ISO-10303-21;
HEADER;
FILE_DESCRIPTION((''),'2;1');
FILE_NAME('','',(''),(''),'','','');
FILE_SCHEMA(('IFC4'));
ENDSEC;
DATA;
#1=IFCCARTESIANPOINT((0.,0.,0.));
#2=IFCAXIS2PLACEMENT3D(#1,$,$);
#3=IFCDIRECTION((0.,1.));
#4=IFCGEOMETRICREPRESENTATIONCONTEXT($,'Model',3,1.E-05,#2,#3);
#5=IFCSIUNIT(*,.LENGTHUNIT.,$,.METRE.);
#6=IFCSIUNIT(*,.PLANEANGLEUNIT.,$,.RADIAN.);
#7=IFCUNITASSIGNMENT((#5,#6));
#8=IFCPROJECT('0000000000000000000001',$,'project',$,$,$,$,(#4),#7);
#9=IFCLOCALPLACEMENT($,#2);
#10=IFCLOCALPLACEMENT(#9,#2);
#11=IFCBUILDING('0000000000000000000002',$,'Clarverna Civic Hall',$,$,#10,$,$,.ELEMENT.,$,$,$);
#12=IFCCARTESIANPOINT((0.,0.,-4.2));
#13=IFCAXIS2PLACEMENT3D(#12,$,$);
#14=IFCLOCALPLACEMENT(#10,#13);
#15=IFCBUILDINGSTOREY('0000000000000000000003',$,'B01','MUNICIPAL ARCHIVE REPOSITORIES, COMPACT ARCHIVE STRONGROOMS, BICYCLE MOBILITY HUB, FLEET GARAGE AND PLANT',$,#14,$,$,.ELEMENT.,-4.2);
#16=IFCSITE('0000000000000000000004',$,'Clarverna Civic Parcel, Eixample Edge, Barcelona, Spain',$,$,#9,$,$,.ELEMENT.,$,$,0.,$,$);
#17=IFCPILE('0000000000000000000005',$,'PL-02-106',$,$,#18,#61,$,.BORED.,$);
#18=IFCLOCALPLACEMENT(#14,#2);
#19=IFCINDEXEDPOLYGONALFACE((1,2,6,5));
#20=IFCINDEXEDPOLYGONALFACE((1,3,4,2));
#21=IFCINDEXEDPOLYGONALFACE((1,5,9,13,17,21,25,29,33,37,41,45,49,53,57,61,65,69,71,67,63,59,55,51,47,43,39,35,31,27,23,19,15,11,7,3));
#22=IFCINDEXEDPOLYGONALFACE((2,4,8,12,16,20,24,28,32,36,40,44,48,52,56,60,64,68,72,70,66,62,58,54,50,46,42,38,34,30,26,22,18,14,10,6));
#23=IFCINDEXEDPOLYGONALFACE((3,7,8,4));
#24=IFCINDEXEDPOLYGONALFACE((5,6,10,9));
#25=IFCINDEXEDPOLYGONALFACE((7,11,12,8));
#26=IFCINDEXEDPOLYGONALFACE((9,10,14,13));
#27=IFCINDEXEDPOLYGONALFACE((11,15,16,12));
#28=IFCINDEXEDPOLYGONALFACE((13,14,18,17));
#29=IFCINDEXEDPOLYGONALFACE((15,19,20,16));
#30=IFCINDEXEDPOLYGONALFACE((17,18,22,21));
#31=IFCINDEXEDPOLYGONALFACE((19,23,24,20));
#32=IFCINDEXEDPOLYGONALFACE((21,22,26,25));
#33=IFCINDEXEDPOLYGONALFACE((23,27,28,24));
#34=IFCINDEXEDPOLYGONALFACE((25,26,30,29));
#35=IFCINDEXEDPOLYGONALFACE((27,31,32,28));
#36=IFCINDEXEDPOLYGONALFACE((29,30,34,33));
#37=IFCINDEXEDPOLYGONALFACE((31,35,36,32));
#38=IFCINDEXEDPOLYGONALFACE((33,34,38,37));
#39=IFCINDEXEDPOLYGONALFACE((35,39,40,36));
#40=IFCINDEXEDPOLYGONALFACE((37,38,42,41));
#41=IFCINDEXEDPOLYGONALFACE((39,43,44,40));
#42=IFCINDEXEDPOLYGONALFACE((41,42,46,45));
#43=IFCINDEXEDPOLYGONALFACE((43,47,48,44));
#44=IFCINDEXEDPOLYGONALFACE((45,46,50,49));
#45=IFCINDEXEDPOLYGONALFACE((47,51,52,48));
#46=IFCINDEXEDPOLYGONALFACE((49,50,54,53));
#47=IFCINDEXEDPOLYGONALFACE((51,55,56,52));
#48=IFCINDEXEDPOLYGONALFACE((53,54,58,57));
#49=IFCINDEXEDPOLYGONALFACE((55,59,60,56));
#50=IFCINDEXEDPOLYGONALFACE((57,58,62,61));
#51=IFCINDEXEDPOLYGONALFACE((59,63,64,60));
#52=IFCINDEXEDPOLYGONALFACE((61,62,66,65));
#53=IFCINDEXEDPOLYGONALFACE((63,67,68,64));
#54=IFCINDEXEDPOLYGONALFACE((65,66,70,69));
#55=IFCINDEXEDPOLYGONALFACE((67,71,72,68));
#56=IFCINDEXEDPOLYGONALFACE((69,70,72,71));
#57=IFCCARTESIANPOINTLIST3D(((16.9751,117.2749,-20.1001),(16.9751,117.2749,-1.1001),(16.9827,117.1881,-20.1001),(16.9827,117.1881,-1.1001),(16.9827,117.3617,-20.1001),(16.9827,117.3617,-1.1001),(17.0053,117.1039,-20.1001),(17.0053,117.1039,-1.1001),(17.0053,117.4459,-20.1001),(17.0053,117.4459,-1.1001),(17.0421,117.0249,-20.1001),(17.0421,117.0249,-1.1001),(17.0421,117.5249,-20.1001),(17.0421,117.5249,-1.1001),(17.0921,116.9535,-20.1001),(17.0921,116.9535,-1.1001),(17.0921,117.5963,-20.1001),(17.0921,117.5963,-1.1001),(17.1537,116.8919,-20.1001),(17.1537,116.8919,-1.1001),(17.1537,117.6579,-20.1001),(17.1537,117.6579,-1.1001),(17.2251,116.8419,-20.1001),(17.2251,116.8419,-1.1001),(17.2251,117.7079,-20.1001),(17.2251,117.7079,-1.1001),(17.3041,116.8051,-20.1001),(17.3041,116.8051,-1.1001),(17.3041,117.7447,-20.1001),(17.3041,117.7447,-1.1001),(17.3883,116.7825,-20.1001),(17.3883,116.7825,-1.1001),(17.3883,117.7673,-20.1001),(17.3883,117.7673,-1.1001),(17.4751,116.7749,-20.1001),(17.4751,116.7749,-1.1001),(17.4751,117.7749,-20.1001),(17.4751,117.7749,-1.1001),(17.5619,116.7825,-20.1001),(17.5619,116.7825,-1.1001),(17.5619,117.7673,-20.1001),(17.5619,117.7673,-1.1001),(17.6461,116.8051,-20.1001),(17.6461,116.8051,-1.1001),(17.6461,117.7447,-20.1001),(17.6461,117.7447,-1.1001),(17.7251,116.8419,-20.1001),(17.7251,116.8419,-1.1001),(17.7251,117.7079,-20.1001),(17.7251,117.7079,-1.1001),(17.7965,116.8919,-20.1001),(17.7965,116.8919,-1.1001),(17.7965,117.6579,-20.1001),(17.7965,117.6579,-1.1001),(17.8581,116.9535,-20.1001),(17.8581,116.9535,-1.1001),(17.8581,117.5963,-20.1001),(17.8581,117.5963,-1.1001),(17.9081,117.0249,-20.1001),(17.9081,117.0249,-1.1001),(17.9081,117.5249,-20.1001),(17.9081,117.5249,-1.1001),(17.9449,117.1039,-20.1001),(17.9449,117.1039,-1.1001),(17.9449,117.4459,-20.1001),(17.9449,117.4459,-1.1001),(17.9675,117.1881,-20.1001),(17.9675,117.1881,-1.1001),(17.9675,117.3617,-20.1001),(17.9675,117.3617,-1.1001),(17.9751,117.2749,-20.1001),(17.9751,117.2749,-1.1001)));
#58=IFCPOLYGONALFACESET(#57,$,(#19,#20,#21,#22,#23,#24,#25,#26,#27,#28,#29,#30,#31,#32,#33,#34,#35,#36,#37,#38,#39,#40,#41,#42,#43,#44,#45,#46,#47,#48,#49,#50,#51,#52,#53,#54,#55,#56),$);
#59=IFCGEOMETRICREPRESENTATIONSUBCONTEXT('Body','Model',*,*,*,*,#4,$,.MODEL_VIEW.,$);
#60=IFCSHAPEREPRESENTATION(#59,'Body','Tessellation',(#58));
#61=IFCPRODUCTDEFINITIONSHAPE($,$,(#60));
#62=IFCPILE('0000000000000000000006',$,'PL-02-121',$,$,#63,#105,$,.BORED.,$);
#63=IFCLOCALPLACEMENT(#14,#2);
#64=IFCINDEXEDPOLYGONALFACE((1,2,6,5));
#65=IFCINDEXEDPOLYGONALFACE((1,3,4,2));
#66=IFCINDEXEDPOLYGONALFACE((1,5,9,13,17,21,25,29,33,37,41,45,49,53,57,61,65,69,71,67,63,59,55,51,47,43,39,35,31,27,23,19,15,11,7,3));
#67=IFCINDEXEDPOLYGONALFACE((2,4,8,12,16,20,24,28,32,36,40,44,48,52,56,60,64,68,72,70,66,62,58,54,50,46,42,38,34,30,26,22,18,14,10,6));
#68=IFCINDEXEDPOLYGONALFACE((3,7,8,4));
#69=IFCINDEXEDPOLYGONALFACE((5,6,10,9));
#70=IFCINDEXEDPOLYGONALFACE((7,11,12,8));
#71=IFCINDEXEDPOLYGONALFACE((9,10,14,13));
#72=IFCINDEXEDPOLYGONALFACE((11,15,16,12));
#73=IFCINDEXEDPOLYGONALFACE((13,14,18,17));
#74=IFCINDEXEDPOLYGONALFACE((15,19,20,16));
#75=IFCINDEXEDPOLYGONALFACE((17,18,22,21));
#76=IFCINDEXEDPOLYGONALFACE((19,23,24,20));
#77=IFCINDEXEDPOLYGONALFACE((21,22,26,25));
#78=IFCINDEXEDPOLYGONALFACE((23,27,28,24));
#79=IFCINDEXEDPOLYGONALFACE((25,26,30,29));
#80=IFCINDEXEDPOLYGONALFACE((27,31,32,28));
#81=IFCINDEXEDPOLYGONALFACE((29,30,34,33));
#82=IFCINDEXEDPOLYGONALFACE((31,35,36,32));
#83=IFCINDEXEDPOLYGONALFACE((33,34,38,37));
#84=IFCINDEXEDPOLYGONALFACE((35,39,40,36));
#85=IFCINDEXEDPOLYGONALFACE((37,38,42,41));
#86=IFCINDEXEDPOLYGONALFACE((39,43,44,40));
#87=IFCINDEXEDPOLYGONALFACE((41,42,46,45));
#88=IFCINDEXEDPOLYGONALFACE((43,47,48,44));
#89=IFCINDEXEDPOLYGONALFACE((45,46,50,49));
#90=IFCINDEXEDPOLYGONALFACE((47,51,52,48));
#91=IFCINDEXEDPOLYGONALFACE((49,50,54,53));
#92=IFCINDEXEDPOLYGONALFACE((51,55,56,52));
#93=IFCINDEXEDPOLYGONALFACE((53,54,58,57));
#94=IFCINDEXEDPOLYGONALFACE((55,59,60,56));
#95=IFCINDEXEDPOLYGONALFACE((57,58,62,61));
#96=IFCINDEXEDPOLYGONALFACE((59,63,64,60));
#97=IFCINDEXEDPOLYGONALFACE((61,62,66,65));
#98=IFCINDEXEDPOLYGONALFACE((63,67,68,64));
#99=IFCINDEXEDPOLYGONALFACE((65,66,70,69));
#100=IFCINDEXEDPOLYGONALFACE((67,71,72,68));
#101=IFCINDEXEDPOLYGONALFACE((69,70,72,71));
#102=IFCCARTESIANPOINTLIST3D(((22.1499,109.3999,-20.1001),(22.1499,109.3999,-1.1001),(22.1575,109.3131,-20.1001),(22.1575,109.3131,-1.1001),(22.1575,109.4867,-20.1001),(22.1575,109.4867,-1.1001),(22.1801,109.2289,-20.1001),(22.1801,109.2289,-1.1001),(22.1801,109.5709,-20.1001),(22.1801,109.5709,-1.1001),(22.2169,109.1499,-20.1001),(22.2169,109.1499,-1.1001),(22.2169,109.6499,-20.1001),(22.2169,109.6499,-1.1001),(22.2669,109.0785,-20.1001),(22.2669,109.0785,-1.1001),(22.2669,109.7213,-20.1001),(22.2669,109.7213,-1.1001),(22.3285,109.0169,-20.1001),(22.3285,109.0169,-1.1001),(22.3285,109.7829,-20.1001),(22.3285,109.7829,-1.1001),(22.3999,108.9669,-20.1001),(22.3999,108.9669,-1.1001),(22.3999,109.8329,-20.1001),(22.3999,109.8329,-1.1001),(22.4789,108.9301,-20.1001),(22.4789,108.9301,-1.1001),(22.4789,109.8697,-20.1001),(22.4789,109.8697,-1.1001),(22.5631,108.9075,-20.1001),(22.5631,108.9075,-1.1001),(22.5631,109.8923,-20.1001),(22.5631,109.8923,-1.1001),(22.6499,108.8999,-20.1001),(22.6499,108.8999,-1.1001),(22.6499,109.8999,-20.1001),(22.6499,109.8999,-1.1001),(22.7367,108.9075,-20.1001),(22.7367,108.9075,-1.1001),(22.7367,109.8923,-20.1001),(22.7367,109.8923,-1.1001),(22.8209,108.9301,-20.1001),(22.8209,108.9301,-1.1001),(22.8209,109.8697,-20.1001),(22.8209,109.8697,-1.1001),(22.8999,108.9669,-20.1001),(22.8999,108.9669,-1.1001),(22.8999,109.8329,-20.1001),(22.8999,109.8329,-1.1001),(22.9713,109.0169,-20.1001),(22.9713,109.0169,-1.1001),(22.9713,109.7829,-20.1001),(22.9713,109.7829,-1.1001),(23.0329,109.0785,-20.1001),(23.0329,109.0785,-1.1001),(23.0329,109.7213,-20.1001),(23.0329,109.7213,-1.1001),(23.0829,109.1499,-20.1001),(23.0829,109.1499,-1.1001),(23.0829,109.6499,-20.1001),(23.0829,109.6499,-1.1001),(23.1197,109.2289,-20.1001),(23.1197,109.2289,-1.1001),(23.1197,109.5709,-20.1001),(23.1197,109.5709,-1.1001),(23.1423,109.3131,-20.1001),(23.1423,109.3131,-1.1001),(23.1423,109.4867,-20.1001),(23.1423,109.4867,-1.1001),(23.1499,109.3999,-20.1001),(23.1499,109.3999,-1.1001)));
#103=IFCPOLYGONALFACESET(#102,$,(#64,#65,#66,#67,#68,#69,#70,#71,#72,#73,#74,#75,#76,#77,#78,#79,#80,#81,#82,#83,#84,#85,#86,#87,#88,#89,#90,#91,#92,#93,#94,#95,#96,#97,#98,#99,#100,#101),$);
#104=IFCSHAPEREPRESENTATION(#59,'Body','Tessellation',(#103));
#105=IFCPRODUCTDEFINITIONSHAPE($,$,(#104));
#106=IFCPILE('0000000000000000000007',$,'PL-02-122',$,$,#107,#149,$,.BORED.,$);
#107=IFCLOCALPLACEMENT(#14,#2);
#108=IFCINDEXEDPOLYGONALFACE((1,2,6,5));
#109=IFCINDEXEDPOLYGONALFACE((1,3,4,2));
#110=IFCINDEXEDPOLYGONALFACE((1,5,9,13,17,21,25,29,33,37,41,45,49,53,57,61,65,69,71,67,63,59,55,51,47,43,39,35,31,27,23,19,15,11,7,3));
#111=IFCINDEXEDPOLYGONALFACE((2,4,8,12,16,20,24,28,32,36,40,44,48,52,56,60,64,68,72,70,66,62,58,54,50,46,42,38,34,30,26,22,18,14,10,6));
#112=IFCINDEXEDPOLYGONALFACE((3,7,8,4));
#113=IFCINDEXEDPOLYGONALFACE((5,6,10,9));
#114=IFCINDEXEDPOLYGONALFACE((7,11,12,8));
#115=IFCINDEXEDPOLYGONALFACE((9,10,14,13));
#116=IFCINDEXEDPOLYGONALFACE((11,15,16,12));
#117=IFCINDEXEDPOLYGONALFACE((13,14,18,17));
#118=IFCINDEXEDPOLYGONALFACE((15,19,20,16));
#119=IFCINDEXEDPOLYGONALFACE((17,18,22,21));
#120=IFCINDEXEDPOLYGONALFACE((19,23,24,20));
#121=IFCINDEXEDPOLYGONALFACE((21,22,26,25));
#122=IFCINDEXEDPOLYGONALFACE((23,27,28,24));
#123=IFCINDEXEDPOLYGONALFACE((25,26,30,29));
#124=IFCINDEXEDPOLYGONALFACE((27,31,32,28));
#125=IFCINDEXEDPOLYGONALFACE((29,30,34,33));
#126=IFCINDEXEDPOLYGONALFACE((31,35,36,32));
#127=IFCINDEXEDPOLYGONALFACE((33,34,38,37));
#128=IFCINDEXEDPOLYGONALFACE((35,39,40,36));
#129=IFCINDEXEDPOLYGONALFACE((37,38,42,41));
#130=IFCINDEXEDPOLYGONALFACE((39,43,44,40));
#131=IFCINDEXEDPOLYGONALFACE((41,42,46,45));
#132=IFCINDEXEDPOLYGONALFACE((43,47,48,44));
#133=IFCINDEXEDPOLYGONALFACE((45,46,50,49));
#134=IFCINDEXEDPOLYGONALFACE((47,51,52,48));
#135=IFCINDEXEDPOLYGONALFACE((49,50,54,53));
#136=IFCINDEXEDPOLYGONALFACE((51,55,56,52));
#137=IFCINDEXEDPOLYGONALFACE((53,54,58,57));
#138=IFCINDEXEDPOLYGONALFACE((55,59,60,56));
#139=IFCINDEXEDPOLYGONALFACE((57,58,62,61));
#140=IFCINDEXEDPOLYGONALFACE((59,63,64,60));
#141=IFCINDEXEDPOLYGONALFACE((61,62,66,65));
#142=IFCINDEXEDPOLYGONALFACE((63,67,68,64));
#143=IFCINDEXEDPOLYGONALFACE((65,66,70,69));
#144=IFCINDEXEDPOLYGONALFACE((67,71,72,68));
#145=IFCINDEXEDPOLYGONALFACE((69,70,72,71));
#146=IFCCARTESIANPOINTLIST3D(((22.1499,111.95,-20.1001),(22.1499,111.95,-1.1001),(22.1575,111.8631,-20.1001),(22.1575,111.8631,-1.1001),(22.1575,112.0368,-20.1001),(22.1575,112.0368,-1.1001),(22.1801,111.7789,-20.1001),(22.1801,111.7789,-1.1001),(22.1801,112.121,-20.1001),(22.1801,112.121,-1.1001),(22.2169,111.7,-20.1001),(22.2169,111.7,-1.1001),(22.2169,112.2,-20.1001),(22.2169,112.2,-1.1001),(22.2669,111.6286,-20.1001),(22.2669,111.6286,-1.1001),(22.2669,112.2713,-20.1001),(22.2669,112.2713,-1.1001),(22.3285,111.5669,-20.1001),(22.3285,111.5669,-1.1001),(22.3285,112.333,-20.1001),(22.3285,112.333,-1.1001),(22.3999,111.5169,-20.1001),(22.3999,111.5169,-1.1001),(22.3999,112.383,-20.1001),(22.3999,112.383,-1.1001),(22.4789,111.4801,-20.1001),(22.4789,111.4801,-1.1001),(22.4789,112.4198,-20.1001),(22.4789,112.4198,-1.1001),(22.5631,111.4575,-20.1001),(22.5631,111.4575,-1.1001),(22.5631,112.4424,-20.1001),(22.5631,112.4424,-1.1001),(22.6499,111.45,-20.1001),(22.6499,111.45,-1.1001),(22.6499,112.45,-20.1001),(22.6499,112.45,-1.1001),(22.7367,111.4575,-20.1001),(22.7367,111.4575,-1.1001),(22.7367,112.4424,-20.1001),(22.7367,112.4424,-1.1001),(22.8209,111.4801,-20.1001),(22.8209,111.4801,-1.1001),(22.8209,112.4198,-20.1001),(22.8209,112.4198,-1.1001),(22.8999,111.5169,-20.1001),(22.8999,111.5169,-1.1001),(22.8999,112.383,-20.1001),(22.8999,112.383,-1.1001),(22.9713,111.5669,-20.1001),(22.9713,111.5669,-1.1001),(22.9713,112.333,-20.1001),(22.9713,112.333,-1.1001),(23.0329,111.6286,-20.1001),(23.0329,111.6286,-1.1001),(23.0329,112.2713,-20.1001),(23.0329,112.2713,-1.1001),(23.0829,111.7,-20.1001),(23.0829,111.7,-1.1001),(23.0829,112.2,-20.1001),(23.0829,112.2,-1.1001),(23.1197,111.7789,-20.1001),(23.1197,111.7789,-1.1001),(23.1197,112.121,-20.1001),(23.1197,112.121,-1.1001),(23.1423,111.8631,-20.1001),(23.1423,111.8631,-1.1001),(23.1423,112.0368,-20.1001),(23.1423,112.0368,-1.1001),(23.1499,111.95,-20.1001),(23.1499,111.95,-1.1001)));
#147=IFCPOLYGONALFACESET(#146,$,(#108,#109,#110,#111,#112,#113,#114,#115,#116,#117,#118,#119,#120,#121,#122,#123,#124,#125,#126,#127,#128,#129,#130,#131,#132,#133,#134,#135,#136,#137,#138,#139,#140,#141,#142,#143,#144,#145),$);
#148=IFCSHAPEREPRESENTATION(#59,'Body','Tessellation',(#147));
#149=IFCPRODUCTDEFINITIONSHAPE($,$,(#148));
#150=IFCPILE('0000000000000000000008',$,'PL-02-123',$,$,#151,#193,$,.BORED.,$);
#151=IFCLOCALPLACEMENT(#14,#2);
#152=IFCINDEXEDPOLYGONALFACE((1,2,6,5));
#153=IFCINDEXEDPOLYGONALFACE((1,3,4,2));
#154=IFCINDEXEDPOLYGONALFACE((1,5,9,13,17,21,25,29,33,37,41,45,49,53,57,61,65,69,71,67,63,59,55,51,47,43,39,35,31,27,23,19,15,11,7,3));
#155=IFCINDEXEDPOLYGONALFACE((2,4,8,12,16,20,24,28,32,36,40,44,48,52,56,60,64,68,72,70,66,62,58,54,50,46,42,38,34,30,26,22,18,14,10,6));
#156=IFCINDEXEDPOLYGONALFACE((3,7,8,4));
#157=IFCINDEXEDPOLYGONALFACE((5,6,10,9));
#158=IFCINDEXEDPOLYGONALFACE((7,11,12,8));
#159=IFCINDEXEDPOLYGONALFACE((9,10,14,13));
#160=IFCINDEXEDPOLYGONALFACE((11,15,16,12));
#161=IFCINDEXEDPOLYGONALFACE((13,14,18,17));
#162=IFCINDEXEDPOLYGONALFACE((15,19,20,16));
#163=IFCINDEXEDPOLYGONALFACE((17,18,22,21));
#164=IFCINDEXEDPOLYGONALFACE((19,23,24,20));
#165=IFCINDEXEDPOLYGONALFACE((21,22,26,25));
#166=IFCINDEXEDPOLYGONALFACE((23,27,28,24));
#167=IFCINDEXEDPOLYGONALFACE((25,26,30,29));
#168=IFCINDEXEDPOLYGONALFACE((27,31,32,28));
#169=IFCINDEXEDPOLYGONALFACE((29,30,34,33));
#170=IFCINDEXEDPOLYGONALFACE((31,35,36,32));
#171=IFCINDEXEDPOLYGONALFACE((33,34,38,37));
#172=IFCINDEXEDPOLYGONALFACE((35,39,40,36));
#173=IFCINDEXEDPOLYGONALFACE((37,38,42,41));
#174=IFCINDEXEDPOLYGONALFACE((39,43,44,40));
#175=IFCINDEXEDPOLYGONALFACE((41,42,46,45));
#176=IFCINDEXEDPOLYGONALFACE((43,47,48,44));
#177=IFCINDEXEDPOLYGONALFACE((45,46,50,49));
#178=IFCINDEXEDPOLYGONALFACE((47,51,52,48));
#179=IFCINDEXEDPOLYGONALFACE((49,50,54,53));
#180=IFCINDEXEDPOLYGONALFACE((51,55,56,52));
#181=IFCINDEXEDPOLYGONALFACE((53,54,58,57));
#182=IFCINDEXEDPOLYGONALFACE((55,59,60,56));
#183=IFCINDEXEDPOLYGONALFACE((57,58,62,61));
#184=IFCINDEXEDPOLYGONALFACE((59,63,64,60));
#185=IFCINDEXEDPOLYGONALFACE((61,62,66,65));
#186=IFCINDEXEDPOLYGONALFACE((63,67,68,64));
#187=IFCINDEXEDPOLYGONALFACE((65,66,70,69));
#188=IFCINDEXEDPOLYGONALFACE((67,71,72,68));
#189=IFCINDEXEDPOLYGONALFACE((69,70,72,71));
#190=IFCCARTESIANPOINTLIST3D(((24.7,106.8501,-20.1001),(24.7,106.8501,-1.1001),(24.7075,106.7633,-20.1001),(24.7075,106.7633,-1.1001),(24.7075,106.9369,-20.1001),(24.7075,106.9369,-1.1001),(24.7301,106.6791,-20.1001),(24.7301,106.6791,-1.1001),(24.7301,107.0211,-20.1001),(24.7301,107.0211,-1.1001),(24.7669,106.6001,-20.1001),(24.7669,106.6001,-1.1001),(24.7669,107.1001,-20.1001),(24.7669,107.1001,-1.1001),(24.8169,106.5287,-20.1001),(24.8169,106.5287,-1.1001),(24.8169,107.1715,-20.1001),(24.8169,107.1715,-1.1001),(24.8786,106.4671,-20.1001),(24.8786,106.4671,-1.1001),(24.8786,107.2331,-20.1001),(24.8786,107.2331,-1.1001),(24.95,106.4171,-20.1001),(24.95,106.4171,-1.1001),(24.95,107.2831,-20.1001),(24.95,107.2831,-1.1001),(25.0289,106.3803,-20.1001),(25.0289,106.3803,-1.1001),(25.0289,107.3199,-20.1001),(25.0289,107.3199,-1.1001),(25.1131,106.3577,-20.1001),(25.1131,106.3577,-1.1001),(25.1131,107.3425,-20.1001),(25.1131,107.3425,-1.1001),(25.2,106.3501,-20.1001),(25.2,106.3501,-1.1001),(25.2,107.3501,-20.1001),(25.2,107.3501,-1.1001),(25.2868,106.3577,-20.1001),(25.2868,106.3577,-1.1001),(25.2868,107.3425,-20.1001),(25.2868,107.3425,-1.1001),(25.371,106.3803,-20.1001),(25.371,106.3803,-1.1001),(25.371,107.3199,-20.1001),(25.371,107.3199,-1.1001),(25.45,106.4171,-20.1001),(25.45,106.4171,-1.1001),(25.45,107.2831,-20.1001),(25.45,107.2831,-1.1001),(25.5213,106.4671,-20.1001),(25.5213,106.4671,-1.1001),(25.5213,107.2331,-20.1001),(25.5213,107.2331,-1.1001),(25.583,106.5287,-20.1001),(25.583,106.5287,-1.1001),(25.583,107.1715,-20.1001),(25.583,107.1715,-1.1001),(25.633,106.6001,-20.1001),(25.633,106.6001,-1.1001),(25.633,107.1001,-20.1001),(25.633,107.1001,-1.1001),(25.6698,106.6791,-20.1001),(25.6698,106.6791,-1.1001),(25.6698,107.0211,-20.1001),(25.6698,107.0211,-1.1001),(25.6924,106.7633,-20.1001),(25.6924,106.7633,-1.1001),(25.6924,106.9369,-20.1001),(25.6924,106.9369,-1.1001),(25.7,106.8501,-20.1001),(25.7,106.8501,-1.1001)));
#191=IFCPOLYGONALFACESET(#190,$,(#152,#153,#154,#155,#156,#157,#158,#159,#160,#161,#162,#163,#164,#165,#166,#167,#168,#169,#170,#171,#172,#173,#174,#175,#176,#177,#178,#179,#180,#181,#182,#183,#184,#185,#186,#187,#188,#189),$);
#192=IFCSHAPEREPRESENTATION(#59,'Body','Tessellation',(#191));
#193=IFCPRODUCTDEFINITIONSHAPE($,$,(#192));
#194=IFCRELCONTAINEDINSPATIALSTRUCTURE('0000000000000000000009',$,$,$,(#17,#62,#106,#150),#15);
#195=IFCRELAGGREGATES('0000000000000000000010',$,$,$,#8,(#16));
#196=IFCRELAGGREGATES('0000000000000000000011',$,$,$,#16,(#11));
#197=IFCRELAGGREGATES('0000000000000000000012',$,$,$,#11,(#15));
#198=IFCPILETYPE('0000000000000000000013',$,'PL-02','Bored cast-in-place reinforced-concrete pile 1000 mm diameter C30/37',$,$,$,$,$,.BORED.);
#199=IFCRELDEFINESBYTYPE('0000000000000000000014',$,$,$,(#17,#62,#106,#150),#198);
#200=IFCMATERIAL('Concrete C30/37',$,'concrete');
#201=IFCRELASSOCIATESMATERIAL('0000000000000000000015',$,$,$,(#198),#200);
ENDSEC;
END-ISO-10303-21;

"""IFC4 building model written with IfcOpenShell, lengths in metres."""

from ifc_helpers import new_model, si_unit, direction, frame, origin, origin_2d, place, context, subcontext, project, spatial, circle, extrude, material, material_profile, profile_set, type_object, element, save


model = new_model("IFC4")

# Units and contexts
model_context = context("Model", 3, precision=1e-05, world=origin(), true_north=direction((0.0, 1.0)))
body_context = subcontext(model_context, "Body", "Model", "MODEL_VIEW")
ifc_project = project(units=[si_unit("LENGTHUNIT", "METRE"), si_unit("PLANEANGLEUNIT", "RADIAN")], contexts=[model_context])

# Site, building, storey
site_placement = place(None, origin())
site = spatial("IfcSite", under=ifc_project, at=site_placement, Name="Clarverna Civic Parcel, Eixample Edge, Barcelona, Spain", CompositionType="ELEMENT", RefElevation=0.0)
building_placement = place(site_placement, origin())
building = spatial("IfcBuilding", under=site, at=building_placement, Name="Clarverna Civic Hall", CompositionType="ELEMENT")
storey_placement = place(building_placement, frame((0.0, 0.0, -4.2)))
storey = spatial("IfcBuildingStorey", under=building, at=storey_placement, Name="B01", Description="MUNICIPAL ARCHIVE REPOSITORIES, COMPACT ARCHIVE STRONGROOMS, BICYCLE MOBILITY HUB, FLEET GARAGE AND PLANT", CompositionType="ELEMENT", Elevation=-4.2)

# Shared definitions
ifc_material_1 = material(Name="Concrete C30/37", Category="concrete")

# Piles
ifc_material_profile_1 = material_profile(ifc_material_1, circle(Radius=0.5, at=origin_2d()), Name="BORED PILE D1000")
ifc_profile_set_1 = profile_set([ifc_material_profile_1], Name="Concrete C30/37")
pile_type_1 = type_object("IfcPileType", Name="PL-02", Description="Bored cast-in-place reinforced-concrete pile 1000 mm diameter C30/37", PredefinedType="BORED", material=ifc_profile_set_1)
for number, where, z_axis, x_axis, name in (
    (1, (17.4751, 117.2749, -1.1001), (0.0, 0.0, -1.0), (1.0, 0.0, 0.0), "PL-02-106"),
    (2, (22.6499, 109.3999, -1.1001), (0.0, 0.0, -1.0), (1.0, 0.0, 0.0), "PL-02-121"),
    (3, (22.6499, 111.95, -1.1001), (0.0, 0.0, -1.0), (1.0, 0.0, 0.0), "PL-02-122"),
    (4, (25.2, 106.8501, -1.1001), (0.0, 0.0, -1.0), (1.0, 0.0, 0.0), "PL-02-123"),
):
    element("IfcPile", number, at=place(storey_placement, frame(where, z_axis=z_axis, x_axis=x_axis)), inside=storey, type_object=pile_type_1, Name=name, PredefinedType="BORED", context=body_context, shape_type="SweptSolid", body=[
        extrude(circle(Radius=0.5, at=origin_2d()), origin(), (0.0, 0.0, 1.0), 19.0),
    ])

save(model, "model.ifc")
